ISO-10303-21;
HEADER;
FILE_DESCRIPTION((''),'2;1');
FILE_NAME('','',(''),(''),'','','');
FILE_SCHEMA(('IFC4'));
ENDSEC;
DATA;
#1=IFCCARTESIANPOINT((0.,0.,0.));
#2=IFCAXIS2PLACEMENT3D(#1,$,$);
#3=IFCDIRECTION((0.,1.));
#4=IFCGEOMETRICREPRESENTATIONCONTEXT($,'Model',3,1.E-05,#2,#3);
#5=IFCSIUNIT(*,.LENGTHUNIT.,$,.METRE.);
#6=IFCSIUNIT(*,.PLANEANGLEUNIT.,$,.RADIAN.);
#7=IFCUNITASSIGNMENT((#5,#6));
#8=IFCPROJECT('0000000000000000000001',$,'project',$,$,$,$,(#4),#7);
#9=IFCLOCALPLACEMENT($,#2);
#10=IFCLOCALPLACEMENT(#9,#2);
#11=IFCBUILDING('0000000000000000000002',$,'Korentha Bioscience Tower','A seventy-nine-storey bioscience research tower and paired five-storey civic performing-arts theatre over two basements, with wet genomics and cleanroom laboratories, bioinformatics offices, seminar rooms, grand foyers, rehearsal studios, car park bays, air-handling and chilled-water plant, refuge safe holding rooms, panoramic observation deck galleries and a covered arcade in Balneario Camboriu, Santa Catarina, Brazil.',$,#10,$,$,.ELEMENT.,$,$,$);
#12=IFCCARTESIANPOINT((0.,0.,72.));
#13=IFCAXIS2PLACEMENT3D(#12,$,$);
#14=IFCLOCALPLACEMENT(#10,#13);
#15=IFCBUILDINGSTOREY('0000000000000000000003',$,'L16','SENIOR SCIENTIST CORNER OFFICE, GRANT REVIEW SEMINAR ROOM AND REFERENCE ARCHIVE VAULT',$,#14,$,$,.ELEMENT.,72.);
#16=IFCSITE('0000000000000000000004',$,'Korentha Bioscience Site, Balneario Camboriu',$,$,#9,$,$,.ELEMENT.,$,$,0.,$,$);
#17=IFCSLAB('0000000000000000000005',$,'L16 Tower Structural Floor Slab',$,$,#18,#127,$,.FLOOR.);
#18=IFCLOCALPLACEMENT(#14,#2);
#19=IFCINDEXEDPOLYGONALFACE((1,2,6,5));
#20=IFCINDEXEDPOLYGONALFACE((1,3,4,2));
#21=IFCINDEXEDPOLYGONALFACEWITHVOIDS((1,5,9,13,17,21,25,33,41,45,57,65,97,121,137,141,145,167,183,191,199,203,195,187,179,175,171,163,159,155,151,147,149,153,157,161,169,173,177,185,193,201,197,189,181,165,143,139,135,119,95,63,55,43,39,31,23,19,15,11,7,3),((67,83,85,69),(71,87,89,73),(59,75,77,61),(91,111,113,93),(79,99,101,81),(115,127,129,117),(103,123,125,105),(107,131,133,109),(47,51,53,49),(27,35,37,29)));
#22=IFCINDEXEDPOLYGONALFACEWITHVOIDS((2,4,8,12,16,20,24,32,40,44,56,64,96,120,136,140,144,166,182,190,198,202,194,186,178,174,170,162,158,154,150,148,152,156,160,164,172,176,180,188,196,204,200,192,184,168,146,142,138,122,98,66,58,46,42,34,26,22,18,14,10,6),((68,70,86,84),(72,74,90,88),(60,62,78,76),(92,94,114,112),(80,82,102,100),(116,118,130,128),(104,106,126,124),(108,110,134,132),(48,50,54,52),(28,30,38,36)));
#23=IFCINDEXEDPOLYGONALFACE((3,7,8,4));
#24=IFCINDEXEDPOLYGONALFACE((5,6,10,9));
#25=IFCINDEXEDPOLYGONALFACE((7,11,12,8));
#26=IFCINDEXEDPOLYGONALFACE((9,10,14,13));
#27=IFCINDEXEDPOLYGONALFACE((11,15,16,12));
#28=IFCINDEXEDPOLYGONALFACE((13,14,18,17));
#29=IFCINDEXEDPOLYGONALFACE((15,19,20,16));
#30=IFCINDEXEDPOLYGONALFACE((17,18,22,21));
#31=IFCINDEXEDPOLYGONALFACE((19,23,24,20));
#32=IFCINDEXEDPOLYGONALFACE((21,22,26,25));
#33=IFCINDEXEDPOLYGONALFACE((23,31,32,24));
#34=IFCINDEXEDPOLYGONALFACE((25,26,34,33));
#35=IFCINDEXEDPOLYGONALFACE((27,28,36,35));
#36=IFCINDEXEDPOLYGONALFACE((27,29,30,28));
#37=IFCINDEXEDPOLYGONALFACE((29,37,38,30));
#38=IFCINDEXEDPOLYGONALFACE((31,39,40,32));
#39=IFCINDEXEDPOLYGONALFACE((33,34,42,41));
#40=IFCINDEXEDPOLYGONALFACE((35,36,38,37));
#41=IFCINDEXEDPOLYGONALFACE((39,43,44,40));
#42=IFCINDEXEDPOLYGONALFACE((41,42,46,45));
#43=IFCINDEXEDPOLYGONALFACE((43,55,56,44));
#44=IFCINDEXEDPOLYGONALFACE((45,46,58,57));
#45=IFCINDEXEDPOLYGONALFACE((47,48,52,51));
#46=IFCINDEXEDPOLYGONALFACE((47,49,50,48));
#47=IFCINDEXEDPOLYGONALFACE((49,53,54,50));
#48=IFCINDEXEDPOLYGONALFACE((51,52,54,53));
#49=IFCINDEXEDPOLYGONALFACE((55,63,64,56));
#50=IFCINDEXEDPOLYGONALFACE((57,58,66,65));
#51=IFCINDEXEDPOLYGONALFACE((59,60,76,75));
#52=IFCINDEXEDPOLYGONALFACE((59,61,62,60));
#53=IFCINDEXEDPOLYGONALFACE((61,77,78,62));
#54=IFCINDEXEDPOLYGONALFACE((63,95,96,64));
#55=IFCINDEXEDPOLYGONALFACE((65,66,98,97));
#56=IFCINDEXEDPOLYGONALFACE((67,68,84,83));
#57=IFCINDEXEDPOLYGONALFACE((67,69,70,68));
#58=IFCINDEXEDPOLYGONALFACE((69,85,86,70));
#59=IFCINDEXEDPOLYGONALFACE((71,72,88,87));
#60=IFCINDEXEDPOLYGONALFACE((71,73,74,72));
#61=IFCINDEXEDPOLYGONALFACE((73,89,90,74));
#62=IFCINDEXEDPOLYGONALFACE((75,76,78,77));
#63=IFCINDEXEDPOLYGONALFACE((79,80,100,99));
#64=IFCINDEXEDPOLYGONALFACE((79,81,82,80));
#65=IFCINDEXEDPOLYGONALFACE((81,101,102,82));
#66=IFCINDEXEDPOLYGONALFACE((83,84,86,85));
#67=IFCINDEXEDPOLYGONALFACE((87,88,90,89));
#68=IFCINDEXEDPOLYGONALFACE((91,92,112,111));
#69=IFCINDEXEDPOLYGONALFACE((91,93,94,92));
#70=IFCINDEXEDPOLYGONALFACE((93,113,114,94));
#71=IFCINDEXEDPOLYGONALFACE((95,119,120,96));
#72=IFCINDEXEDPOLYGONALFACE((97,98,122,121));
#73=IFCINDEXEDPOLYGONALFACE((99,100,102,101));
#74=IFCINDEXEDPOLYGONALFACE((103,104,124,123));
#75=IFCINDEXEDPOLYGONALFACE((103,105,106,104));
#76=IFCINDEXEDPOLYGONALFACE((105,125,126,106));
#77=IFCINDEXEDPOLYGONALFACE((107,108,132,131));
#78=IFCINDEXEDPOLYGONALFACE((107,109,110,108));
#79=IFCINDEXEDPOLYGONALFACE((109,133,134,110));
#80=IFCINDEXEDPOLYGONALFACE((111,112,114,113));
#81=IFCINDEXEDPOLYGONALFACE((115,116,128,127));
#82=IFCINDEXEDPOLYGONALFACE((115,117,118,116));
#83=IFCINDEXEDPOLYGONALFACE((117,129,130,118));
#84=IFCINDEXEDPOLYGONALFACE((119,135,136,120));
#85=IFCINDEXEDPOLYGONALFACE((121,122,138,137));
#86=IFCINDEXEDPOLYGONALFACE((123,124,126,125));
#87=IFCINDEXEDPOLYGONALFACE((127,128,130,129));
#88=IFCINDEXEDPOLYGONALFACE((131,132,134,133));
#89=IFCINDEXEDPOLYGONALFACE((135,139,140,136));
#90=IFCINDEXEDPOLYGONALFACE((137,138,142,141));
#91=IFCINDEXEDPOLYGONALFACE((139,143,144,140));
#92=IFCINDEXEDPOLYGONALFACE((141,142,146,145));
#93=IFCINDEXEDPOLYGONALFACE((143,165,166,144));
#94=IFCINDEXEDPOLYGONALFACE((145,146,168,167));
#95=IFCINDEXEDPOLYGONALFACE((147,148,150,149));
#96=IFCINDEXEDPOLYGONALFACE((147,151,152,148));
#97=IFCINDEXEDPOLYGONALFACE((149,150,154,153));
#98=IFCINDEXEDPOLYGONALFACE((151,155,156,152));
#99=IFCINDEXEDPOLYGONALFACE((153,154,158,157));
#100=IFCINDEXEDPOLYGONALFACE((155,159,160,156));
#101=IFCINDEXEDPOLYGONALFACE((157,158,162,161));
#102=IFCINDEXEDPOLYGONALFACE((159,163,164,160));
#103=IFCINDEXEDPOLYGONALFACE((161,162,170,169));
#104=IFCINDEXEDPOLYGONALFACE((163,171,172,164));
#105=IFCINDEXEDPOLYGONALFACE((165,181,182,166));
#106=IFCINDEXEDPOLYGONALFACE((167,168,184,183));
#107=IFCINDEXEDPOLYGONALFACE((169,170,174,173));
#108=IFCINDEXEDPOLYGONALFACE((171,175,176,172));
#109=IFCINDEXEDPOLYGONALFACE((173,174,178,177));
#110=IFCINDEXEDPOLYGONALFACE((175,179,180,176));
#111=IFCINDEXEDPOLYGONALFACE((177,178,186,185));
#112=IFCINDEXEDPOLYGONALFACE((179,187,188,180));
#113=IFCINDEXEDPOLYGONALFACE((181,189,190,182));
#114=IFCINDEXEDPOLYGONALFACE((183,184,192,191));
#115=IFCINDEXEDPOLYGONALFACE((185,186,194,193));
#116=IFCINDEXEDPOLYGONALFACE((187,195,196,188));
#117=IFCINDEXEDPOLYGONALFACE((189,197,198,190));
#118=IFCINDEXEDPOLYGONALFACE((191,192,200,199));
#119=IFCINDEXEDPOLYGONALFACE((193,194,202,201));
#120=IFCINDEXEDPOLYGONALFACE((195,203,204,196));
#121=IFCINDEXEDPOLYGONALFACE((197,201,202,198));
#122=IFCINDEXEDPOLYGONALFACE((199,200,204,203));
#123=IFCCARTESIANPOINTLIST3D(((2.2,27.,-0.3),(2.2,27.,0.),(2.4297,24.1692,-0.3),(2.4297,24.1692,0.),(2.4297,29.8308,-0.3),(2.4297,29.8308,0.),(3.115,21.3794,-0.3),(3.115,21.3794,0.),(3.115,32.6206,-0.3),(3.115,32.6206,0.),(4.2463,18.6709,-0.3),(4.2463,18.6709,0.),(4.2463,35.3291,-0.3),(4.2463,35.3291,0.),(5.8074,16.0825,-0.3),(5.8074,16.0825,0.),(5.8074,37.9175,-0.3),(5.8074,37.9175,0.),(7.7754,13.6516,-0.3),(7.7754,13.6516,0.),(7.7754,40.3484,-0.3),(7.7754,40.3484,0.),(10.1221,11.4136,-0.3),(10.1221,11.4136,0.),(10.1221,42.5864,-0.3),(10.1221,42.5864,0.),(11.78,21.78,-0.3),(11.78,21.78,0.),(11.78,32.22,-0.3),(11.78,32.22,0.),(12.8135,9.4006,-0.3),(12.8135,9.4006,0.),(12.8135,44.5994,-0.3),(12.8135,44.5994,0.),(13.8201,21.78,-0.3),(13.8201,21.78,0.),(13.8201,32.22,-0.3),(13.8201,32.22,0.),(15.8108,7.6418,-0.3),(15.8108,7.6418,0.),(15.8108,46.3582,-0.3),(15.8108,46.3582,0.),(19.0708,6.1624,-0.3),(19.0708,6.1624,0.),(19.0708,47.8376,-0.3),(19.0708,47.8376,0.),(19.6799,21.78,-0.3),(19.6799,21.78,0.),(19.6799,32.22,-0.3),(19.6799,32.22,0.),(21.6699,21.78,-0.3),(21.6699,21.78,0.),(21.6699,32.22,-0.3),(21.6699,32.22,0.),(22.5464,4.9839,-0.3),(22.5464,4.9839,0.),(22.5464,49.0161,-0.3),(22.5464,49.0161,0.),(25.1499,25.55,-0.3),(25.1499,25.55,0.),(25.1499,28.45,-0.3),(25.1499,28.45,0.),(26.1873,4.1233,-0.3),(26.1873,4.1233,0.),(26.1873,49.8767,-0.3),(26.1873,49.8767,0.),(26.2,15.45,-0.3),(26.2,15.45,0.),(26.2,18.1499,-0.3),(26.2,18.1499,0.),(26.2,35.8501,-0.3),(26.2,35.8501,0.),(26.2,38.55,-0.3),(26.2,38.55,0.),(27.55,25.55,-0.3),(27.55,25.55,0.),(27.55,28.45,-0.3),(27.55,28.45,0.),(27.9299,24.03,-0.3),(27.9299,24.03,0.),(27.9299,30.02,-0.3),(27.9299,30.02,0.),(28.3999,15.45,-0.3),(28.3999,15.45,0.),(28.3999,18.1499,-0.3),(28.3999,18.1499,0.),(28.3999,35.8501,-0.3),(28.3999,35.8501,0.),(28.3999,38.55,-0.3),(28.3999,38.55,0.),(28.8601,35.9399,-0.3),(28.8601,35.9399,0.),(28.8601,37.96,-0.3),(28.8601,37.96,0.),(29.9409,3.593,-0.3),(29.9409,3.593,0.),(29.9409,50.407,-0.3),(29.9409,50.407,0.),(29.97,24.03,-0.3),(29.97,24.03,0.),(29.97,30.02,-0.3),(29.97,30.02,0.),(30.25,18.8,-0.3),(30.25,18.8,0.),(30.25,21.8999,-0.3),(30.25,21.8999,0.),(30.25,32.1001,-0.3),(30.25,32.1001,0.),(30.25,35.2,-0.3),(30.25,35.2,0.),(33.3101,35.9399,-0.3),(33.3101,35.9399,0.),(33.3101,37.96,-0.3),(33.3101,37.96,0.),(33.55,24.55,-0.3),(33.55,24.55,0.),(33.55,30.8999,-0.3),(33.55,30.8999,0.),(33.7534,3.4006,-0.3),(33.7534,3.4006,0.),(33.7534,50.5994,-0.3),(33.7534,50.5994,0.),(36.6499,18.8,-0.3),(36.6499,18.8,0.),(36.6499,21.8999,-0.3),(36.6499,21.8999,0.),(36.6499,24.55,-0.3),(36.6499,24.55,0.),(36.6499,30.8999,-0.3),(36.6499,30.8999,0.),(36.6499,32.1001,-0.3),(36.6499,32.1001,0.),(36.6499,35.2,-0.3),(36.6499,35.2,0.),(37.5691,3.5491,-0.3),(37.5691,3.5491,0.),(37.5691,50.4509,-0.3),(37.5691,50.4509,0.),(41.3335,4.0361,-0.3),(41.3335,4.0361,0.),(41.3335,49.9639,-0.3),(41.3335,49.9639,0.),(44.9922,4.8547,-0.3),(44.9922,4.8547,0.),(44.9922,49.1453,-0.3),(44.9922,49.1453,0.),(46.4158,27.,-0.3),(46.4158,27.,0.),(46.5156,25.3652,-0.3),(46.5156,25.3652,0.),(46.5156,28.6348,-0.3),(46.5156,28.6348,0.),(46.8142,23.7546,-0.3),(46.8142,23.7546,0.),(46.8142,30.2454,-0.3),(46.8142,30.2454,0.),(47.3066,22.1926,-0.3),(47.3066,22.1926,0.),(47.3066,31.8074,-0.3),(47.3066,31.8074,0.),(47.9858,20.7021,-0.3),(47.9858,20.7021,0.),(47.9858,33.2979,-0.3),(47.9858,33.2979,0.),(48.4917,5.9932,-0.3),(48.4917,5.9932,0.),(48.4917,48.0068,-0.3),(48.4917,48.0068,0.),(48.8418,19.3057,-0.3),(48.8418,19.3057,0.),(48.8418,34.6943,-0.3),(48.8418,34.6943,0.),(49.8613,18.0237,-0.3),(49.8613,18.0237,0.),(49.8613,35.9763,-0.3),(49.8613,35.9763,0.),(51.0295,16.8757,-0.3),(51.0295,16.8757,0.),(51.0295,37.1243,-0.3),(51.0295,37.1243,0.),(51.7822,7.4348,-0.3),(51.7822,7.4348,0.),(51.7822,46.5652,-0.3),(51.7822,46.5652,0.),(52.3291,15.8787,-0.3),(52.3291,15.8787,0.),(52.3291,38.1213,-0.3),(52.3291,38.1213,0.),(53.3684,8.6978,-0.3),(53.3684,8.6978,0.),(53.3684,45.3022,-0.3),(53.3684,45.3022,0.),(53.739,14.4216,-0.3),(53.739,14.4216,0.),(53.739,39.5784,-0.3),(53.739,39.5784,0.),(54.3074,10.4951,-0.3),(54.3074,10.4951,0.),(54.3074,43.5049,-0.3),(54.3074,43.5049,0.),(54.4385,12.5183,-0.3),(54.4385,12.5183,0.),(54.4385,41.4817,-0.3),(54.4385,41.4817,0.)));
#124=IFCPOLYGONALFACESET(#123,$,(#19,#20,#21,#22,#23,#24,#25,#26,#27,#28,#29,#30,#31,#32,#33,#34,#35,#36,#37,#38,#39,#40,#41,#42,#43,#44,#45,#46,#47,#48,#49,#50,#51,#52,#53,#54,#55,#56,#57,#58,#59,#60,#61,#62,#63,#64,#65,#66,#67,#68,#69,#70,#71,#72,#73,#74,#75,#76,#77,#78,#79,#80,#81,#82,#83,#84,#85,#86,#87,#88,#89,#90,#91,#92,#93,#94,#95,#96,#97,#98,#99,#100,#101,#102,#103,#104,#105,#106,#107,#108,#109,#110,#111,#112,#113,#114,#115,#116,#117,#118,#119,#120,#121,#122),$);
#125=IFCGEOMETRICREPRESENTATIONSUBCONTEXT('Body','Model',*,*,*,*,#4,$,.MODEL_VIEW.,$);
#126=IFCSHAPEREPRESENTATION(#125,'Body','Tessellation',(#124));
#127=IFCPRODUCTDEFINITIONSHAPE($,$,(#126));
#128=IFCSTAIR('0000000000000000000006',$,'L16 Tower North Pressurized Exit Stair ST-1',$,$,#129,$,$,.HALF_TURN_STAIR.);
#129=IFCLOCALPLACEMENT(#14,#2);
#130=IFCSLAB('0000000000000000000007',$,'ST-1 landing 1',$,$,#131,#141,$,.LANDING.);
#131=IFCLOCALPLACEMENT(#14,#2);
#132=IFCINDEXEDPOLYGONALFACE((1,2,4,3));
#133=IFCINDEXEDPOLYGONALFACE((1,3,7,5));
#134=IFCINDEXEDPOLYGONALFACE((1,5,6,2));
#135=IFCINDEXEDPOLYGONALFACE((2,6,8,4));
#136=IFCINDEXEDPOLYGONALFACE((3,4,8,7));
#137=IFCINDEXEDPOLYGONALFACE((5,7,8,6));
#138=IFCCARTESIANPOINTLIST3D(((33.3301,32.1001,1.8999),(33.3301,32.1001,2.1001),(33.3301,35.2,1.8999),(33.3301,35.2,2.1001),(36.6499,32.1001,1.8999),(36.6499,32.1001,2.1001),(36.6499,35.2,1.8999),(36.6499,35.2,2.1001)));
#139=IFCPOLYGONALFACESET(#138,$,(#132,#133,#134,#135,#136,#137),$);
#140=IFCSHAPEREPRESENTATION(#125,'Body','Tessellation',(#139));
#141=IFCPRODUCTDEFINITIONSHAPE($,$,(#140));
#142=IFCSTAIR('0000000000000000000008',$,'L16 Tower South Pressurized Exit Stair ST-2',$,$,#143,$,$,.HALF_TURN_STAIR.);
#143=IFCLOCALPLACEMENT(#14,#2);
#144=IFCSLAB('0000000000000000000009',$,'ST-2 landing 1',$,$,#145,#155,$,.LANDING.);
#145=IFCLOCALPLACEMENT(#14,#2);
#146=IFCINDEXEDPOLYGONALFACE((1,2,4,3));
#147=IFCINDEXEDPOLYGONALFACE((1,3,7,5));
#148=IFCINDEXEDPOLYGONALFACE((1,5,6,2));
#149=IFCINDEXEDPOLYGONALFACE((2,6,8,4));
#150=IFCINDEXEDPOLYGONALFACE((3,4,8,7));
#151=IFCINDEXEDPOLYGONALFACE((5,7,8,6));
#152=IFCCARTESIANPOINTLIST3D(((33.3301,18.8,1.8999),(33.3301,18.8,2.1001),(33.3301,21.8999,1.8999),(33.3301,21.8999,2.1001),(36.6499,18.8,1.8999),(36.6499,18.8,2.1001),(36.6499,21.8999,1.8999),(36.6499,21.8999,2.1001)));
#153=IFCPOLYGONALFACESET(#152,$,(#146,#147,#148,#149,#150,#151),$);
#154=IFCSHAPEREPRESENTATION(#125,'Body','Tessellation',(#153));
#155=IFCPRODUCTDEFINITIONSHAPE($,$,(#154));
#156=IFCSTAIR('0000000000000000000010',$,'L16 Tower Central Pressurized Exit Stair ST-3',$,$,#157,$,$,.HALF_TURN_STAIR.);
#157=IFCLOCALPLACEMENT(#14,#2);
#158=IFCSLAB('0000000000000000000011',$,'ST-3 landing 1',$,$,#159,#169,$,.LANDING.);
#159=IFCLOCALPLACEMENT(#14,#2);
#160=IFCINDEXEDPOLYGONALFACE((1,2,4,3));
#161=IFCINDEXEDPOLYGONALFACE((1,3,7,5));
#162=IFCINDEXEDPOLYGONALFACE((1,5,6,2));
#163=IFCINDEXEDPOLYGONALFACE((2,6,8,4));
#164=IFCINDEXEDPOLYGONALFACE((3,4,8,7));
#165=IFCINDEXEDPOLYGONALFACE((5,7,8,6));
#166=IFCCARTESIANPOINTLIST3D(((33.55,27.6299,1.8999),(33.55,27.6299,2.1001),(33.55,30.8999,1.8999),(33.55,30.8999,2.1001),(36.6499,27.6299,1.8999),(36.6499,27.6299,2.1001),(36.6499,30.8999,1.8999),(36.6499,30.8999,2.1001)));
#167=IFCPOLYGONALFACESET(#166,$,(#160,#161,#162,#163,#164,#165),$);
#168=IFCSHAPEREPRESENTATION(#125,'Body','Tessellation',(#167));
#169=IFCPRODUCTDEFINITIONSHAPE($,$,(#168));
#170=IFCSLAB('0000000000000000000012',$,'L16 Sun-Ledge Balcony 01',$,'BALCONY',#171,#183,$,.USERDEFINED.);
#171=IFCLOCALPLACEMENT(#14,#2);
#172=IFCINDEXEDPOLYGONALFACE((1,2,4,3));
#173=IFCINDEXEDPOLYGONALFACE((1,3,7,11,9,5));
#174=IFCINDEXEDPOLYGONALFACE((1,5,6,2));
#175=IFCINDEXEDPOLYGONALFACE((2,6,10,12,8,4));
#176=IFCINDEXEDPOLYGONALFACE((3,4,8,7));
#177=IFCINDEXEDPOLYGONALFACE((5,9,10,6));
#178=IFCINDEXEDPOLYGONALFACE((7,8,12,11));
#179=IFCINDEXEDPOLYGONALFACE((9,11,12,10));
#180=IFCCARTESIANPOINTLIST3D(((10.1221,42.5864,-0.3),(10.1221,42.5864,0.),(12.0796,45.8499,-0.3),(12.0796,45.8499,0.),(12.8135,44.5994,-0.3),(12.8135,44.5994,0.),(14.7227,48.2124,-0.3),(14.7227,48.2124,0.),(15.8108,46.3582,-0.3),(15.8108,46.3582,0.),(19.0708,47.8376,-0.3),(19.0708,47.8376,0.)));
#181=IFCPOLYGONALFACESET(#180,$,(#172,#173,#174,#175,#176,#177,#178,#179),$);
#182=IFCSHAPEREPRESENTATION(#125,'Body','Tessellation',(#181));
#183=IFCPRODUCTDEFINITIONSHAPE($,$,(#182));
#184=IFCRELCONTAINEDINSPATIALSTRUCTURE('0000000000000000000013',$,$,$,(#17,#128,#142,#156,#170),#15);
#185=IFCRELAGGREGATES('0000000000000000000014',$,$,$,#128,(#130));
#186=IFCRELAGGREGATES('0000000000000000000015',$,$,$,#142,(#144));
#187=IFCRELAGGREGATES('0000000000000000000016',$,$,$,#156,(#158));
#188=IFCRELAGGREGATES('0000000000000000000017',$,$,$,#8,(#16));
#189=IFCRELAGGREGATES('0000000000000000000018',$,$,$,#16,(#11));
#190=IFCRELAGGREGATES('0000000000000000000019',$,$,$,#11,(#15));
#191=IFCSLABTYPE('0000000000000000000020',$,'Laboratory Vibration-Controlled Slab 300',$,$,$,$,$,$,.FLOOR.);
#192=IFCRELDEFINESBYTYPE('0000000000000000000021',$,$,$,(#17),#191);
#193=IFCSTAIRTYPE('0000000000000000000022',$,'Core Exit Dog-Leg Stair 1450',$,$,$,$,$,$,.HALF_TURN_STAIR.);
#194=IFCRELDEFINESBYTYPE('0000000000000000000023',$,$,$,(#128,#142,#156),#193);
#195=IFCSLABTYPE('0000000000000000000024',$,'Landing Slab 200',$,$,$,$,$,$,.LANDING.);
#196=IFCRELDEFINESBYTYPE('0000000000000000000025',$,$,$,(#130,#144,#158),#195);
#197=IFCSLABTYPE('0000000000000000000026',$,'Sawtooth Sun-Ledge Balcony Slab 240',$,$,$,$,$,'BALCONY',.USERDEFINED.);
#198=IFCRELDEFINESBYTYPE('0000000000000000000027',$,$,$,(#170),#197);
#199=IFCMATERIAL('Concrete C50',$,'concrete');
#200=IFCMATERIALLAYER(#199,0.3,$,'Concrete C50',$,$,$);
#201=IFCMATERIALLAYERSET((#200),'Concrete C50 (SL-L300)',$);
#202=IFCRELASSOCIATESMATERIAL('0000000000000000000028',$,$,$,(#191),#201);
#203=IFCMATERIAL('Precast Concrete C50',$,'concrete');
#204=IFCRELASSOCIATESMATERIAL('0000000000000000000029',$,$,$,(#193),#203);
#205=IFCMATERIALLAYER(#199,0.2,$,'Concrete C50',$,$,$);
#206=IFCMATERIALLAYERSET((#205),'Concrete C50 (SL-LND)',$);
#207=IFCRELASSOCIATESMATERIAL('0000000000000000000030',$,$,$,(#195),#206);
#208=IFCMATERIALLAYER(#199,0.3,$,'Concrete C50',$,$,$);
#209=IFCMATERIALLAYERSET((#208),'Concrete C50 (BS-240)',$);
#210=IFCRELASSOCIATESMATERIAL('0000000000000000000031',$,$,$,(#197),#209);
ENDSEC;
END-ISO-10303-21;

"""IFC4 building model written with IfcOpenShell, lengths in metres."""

from ifc_helpers import new_model, si_unit, direction, frame, origin, place, context, subcontext, project, spatial, polyline, outline, extrude, material, layer, layer_set, type_object, element, aggregate, save


model = new_model("IFC4")

# Units and contexts
model_context = context("Model", 3, precision=1e-05, world=origin(), true_north=direction((0.0, 1.0)))
body_context = subcontext(model_context, "Body", "Model", "MODEL_VIEW")
ifc_project = project(units=[si_unit("LENGTHUNIT", "METRE"), si_unit("PLANEANGLEUNIT", "RADIAN")], contexts=[model_context])

# Site, building, storey
site_placement = place(None, origin())
site = spatial("IfcSite", under=ifc_project, at=site_placement, Name="Korentha Bioscience Site, Balneario Camboriu", CompositionType="ELEMENT", RefElevation=0.0)
building_placement = place(site_placement, origin())
building = spatial("IfcBuilding", under=site, at=building_placement, Name="Korentha Bioscience Tower", Description="A seventy-nine-storey bioscience research tower and paired five-storey civic performing-arts theatre over two basements, with wet genomics and cleanroom laboratories, bioinformatics offices, seminar rooms, grand foyers, rehearsal studios, car park bays, air-handling and chilled-water plant, refuge safe holding rooms, panoramic observation deck galleries and a covered arcade in Balneario Camboriu, Santa Catarina, Brazil.", CompositionType="ELEMENT")
storey_placement = place(building_placement, frame((0.0, 0.0, 72.0)))
storey = spatial("IfcBuildingStorey", under=building, at=storey_placement, Name="L16", Description="SENIOR SCIENTIST CORNER OFFICE, GRANT REVIEW SEMINAR ROOM AND REFERENCE ARCHIVE VAULT", CompositionType="ELEMENT", Elevation=72.0)

# Slab
ifc_material_1 = material(Name="Concrete C50", Category="concrete")
ifc_layer_1 = layer(ifc_material_1, 0.3, Name="Concrete C50")
ifc_layer_set_1 = layer_set([ifc_layer_1], Name="Concrete C50 (SL-L300)")
slab_type_1 = type_object("IfcSlabType", Name="Laboratory Vibration-Controlled Slab 300", PredefinedType="FLOOR", material=ifc_layer_set_1)
slab_1_placement = place(storey_placement, frame((0.0, 0.0, -0.3)))
element("IfcSlab", 1, at=slab_1_placement, inside=storey, type_object=slab_type_1, Name="L16 Tower Structural Floor Slab", PredefinedType="FLOOR", context=body_context, shape_type="SweptSolid", body=[
    extrude(outline(polyline([(51.7822, 46.5652), (48.4917, 48.0068), (44.9922, 49.1453), (41.3335, 49.9639), (37.5691, 50.4509), (33.7534, 50.5994), (29.9409, 50.407), (26.1873, 49.8767), (22.5464, 49.0161), (19.0708, 47.8376), (15.8108, 46.3582), (12.8135, 44.5994), (10.1221, 42.5864), (7.7754, 40.3484), (5.8074, 37.9175), (4.2463, 35.3291), (3.115, 32.6206), (2.4297, 29.8308), (2.2, 27.0), (2.4297, 24.1692), (3.115, 21.3794), (4.2463, 18.6709), (5.8074, 16.0825), (7.7754, 13.6516), (10.1221, 11.4136), (12.8135, 9.4006), (15.8108, 7.6418), (19.0708, 6.1624), (22.5464, 4.9839), (26.1873, 4.1233), (29.9409, 3.593), (33.7534, 3.4006), (37.5691, 3.5491), (41.3335, 4.0361), (44.9922, 4.8547), (48.4917, 5.9932), (51.7822, 7.4348), (53.3684, 8.6978), (54.3074, 10.4951), (54.4385, 12.5183), (53.739, 14.4216), (52.3291, 15.8787), (51.0295, 16.8757), (49.8613, 18.0237), (48.8418, 19.3057), (47.9858, 20.7021), (47.3066, 22.1926), (46.8142, 23.7546), (46.5156, 25.3652), (46.4158, 27.0), (46.5156, 28.6348), (46.8142, 30.2454), (47.3066, 31.8074), (47.9858, 33.2979), (48.8418, 34.6943), (49.8613, 35.9763), (51.0295, 37.1243), (52.3291, 38.1213), (53.739, 39.5784), (54.4385, 41.4817), (54.3074, 43.5049), (53.3684, 45.3022), (51.7822, 46.5652)]), holes=[polyline([(30.25, 32.1001), (36.6499, 32.1001), (36.6499, 35.2), (30.25, 35.2), (30.25, 32.1001)]), polyline([(30.25, 18.8), (36.6499, 18.8), (36.6499, 21.8999), (30.25, 21.8999), (30.25, 18.8)]), polyline([(36.6499, 24.55), (36.6499, 30.8999), (33.55, 30.8999), (33.55, 24.55), (36.6499, 24.55)]), polyline([(11.78, 21.78), (13.8201, 21.78), (13.8201, 32.22), (11.78, 32.22), (11.78, 21.78)]), polyline([(19.6799, 21.78), (21.6699, 21.78), (21.6699, 32.22), (19.6799, 32.22), (19.6799, 21.78)]), polyline([(27.9299, 24.03), (29.97, 24.03), (29.97, 30.02), (27.9299, 30.02), (27.9299, 24.03)]), polyline([(28.8601, 35.9399), (33.3101, 35.9399), (33.3101, 37.96), (28.8601, 37.96), (28.8601, 35.9399)]), polyline([(26.2, 15.45), (28.3999, 15.45), (28.3999, 18.1499), (26.2, 18.1499), (26.2, 15.45)]), polyline([(26.2, 35.8501), (28.3999, 35.8501), (28.3999, 38.55), (26.2, 38.55), (26.2, 35.8501)]), polyline([(25.1499, 25.55), (27.55, 25.55), (27.55, 28.45), (25.1499, 28.45), (25.1499, 25.55)])]), origin(), (0.0, 0.0, 1.0), 0.3),
])

# Stairs, slabs
ifc_material_2 = material(Name="Precast Concrete C50", Category="concrete")
stair_type = type_object("IfcStairType", Name="Core Exit Dog-Leg Stair 1450", PredefinedType="HALF_TURN_STAIR", material=ifc_material_2)
stair_1_placement = place(storey_placement, origin())
stair_1 = element("IfcStair", 2, at=stair_1_placement, inside=storey, type_object=stair_type, Name="L16 Tower North Pressurized Exit Stair ST-1", PredefinedType="HALF_TURN_STAIR")
ifc_layer_2 = layer(ifc_material_1, 0.2, Name="Concrete C50")
ifc_layer_set_2 = layer_set([ifc_layer_2], Name="Concrete C50 (SL-LND)")
slab_type_2 = type_object("IfcSlabType", Name="Landing Slab 200", PredefinedType="LANDING", material=ifc_layer_set_2)
slab_2_placement = place(storey_placement, frame((0.0, 0.0, 1.8999)))
slab_2 = element("IfcSlab", 3, at=slab_2_placement, type_object=slab_type_2, Name="ST-1 landing 1", PredefinedType="LANDING", context=body_context, shape_type="SweptSolid", body=[
    extrude(outline(polyline([(33.3301, 32.1001), (36.6499, 32.1001), (36.6499, 35.2), (33.3301, 35.2), (33.3301, 32.1001)])), origin(), (0.0, 0.0, 1.0), 0.2002),
])
aggregate(stair_1, [slab_2])
stair_2_placement = place(storey_placement, origin())
stair_2 = element("IfcStair", 4, at=stair_2_placement, inside=storey, type_object=stair_type, Name="L16 Tower South Pressurized Exit Stair ST-2", PredefinedType="HALF_TURN_STAIR")
slab_3_placement = place(storey_placement, frame((0.0, 0.0, 1.8999)))
slab_3 = element("IfcSlab", 5, at=slab_3_placement, type_object=slab_type_2, Name="ST-2 landing 1", PredefinedType="LANDING", context=body_context, shape_type="SweptSolid", body=[
    extrude(outline(polyline([(33.3301, 18.8), (36.6499, 18.8), (36.6499, 21.8999), (33.3301, 21.8999), (33.3301, 18.8)])), origin(), (0.0, 0.0, 1.0), 0.2002),
])
aggregate(stair_2, [slab_3])
stair_3_placement = place(storey_placement, origin())
stair_3 = element("IfcStair", 6, at=stair_3_placement, inside=storey, type_object=stair_type, Name="L16 Tower Central Pressurized Exit Stair ST-3", PredefinedType="HALF_TURN_STAIR")
slab_4_placement = place(storey_placement, frame((0.0, 0.0, 1.8999)))
slab_4 = element("IfcSlab", 7, at=slab_4_placement, type_object=slab_type_2, Name="ST-3 landing 1", PredefinedType="LANDING", context=body_context, shape_type="SweptSolid", body=[
    extrude(outline(polyline([(36.6499, 27.6299), (36.6499, 30.8999), (33.55, 30.8999), (33.55, 27.6299), (36.6499, 27.6299)])), origin(), (0.0, 0.0, 1.0), 0.2002),
])
aggregate(stair_3, [slab_4])

# Slab
ifc_layer_3 = layer(ifc_material_1, 0.3, Name="Concrete C50")
ifc_layer_set_3 = layer_set([ifc_layer_3], Name="Concrete C50 (BS-240)")
slab_type_3 = type_object("IfcSlabType", Name="Sawtooth Sun-Ledge Balcony Slab 240", ElementType="BALCONY", PredefinedType="USERDEFINED", material=ifc_layer_set_3)
slab_5_placement = place(storey_placement, frame((0.0, 0.0, -0.3)))
element("IfcSlab", 8, at=slab_5_placement, inside=storey, type_object=slab_type_3, Name="L16 Sun-Ledge Balcony 01", ObjectType="BALCONY", PredefinedType="USERDEFINED", context=body_context, shape_type="SweptSolid", body=[
    extrude(outline(polyline([(10.1221, 42.5864), (12.8135, 44.5994), (15.8108, 46.3582), (19.0708, 47.8376), (14.7227, 48.2124), (12.0796, 45.8499), (10.1221, 42.5864)])), origin(), (0.0, 0.0, 1.0), 0.3),
])

save(model, "model.ifc")
